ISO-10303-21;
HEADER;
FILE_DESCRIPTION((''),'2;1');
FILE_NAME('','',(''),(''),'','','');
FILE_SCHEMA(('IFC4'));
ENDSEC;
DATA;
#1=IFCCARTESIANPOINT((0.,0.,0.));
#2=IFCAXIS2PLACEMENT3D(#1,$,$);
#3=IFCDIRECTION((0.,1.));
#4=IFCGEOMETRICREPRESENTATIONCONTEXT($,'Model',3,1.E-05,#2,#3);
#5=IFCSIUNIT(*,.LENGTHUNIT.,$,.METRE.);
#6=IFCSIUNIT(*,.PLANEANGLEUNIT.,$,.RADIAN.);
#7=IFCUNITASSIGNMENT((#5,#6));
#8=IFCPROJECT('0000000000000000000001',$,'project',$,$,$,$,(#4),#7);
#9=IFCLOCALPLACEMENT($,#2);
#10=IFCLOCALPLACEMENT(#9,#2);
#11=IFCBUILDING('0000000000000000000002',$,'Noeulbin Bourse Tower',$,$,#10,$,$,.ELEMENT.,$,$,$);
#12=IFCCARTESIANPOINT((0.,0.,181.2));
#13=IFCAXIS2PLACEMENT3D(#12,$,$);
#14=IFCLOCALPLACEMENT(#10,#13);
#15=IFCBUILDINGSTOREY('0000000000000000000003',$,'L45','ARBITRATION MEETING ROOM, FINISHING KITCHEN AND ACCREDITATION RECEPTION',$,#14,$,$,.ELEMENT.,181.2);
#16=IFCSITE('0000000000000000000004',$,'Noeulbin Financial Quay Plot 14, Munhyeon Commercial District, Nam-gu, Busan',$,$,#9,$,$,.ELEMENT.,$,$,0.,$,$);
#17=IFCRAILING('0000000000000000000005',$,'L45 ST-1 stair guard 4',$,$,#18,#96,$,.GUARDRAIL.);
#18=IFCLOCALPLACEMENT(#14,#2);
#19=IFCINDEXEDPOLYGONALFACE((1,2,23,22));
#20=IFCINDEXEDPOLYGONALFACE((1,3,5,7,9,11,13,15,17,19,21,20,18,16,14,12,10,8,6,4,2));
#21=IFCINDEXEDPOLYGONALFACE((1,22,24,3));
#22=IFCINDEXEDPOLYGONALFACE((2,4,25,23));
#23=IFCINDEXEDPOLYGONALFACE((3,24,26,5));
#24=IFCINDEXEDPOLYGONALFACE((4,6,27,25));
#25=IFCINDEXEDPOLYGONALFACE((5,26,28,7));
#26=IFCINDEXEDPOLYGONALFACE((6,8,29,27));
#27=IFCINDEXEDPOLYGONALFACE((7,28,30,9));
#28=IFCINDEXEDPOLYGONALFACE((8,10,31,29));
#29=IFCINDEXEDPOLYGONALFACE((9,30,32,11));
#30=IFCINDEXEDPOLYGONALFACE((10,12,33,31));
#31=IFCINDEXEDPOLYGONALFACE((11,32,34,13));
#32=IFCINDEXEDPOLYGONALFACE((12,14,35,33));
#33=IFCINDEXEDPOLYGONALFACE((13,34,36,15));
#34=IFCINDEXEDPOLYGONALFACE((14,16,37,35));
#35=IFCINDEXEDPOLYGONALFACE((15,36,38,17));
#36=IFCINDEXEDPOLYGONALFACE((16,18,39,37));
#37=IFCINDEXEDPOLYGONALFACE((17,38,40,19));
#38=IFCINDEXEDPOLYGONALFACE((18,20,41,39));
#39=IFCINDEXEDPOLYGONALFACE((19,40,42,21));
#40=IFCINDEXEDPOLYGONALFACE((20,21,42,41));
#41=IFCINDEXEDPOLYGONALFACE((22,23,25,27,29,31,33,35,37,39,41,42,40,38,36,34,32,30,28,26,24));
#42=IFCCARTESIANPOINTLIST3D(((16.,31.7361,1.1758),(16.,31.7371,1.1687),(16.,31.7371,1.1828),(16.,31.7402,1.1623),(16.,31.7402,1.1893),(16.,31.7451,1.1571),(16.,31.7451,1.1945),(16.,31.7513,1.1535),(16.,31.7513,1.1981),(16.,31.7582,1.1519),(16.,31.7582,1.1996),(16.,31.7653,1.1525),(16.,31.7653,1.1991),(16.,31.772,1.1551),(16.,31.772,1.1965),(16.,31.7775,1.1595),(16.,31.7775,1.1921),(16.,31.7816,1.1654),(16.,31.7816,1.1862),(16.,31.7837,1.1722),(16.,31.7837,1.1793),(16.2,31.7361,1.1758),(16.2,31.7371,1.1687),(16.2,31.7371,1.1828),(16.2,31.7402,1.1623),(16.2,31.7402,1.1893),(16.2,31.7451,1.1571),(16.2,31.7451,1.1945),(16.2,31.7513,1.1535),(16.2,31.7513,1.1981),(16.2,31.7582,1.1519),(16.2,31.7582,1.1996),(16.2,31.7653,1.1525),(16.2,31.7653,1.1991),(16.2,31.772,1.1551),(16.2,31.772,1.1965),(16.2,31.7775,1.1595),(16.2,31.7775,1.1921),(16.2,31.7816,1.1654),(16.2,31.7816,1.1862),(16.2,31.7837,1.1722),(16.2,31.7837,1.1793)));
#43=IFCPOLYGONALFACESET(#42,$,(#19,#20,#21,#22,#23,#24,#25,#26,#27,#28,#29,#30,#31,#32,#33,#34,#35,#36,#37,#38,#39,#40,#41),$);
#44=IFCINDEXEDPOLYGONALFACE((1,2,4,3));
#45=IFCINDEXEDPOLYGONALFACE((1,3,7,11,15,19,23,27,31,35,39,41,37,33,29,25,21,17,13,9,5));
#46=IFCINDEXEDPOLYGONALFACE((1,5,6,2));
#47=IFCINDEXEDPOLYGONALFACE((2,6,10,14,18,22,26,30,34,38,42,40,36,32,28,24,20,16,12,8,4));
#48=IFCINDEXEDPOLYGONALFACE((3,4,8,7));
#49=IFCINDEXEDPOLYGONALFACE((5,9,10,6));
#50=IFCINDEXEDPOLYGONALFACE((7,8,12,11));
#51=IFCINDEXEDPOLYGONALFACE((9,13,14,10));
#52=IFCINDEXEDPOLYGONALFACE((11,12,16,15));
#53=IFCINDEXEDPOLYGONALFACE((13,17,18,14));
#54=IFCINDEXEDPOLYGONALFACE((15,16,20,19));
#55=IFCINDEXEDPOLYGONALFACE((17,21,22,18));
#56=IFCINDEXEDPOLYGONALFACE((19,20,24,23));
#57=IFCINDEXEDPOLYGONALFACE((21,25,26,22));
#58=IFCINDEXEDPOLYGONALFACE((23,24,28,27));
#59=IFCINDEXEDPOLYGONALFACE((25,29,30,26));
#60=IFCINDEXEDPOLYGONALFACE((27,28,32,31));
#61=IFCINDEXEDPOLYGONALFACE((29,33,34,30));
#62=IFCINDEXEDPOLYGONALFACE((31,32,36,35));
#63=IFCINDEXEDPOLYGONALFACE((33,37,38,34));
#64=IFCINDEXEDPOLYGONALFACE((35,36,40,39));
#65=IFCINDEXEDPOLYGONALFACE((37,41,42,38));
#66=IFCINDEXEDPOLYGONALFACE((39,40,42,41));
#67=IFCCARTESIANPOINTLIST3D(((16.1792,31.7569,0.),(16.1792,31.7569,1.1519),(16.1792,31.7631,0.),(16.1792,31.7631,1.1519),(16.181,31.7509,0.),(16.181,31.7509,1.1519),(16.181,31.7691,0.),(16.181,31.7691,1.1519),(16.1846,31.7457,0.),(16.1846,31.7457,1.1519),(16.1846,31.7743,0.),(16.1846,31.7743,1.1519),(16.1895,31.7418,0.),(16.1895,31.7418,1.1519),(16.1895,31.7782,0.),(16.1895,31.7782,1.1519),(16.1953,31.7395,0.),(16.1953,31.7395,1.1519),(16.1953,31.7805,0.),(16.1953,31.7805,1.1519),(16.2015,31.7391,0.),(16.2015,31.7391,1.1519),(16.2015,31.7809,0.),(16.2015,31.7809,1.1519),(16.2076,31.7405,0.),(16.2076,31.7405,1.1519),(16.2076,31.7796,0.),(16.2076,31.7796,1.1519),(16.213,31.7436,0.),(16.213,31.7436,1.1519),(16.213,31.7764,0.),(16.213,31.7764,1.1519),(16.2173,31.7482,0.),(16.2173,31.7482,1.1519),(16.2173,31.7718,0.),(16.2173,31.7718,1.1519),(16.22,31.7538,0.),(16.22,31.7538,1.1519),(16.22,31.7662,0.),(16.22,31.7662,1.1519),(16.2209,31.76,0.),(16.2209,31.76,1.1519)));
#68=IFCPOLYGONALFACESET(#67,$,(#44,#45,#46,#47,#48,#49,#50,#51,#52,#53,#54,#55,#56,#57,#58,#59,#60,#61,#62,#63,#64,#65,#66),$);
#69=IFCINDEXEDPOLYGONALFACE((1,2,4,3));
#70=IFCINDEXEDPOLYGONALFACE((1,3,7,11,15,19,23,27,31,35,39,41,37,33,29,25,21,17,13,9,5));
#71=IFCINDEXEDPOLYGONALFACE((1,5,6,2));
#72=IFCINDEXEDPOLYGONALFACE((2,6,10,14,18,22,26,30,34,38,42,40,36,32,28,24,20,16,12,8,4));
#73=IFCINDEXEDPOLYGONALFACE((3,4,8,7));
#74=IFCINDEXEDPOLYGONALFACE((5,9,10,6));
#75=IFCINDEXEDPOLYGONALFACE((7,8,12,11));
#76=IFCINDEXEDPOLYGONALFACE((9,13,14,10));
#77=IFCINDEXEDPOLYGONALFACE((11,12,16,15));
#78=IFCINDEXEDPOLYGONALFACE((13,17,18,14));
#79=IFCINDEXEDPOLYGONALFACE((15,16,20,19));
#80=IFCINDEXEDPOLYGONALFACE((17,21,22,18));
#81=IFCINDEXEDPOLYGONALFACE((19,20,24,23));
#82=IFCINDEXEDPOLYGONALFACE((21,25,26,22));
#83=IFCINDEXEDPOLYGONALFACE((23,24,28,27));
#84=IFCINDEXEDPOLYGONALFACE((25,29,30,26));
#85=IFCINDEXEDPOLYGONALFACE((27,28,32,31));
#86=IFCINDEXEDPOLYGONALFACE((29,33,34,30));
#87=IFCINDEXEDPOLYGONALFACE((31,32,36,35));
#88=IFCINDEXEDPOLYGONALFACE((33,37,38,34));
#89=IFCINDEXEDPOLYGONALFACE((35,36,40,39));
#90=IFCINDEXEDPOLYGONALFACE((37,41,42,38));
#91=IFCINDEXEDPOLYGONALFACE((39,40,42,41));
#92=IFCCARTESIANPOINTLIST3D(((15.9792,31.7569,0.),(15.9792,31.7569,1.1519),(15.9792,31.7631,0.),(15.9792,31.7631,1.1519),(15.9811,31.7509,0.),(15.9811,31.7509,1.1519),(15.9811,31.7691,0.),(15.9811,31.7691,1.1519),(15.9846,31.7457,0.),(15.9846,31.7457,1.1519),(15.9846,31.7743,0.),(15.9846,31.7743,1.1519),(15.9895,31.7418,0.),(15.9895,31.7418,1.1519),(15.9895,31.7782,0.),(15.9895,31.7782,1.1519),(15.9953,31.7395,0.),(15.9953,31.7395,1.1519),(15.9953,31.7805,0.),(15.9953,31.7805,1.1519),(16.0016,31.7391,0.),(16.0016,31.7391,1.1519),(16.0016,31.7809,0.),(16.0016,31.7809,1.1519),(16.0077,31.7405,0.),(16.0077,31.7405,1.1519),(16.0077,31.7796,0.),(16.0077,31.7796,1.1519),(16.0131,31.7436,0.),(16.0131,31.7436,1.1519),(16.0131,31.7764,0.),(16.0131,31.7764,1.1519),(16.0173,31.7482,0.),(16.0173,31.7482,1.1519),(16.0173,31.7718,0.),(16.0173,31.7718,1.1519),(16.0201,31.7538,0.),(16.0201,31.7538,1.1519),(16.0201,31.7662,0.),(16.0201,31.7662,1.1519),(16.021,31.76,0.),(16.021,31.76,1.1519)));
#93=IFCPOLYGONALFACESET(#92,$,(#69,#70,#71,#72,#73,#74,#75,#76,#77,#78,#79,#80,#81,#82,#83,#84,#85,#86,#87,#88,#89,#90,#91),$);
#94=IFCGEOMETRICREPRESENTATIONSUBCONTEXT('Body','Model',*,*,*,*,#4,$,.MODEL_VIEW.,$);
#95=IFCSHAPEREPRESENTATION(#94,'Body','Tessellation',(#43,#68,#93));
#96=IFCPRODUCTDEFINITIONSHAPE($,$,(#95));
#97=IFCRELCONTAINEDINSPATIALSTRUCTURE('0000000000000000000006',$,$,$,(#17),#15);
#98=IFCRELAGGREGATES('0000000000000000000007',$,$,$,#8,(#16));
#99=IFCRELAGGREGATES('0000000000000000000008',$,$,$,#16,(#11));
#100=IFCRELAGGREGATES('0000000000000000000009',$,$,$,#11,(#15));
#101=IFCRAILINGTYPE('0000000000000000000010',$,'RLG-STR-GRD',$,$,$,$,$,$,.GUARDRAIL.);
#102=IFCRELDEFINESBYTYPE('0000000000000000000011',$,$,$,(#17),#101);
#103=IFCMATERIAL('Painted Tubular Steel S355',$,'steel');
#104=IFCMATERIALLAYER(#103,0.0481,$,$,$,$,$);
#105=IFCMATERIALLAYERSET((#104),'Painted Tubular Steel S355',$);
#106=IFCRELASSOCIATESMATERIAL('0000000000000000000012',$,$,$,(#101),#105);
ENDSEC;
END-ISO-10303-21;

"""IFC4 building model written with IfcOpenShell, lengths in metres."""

from ifc_helpers import new_model, si_unit, direction, frame, origin, origin_2d, place, context, subcontext, project, spatial, circle, extrude, material, layer, layer_set, type_object, element, save


model = new_model("IFC4")

# Units and contexts
model_context = context("Model", 3, precision=1e-05, world=origin(), true_north=direction((0.0, 1.0)))
body_context = subcontext(model_context, "Body", "Model", "MODEL_VIEW")
ifc_project = project(units=[si_unit("LENGTHUNIT", "METRE"), si_unit("PLANEANGLEUNIT", "RADIAN")], contexts=[model_context])

# Site, building, storey
site_placement = place(None, origin())
site = spatial("IfcSite", under=ifc_project, at=site_placement, Name="Noeulbin Financial Quay Plot 14, Munhyeon Commercial District, Nam-gu, Busan", CompositionType="ELEMENT", RefElevation=0.0)
building_placement = place(site_placement, origin())
building = spatial("IfcBuilding", under=site, at=building_placement, Name="Noeulbin Bourse Tower", CompositionType="ELEMENT")
storey_placement = place(building_placement, frame((0.0, 0.0, 181.2)))
storey = spatial("IfcBuildingStorey", under=building, at=storey_placement, Name="L45", Description="ARBITRATION MEETING ROOM, FINISHING KITCHEN AND ACCREDITATION RECEPTION", CompositionType="ELEMENT", Elevation=181.2)

# Railing
ifc_material_1 = material(Name="Painted Tubular Steel S355", Category="steel")
ifc_layer_1 = layer(ifc_material_1, 0.0481)
ifc_layer_set_1 = layer_set([ifc_layer_1], Name="Painted Tubular Steel S355")
railing_type_1 = type_object("IfcRailingType", Name="RLG-STR-GRD", PredefinedType="GUARDRAIL", material=ifc_layer_set_1)
railing_1_placement = place(storey_placement, frame((16.2, 31.76, 0.0)))
element("IfcRailing", 1, at=railing_1_placement, inside=storey, type_object=railing_type_1, Name="L45 ST-1 stair guard 4", PredefinedType="GUARDRAIL", context=body_context, shape_type="SweptSolid", body=[
    extrude(circle(Radius=0.0239, at=origin_2d()), frame((0.0, 0.0, 1.1758), z_axis=(-1.0, 0.0, 0.0), x_axis=(0.0, -1.0, 0.0)), (0.0, 0.0, 1.0), 0.2),
    extrude(circle(Radius=0.021, at=origin_2d()), origin(), (0.0, 0.0, 1.0), 1.1519),
    extrude(circle(Radius=0.021, at=origin_2d()), frame((-0.2, 0.0, 0.0)), (0.0, 0.0, 1.0), 1.1519),
])

save(model, "model.ifc")
